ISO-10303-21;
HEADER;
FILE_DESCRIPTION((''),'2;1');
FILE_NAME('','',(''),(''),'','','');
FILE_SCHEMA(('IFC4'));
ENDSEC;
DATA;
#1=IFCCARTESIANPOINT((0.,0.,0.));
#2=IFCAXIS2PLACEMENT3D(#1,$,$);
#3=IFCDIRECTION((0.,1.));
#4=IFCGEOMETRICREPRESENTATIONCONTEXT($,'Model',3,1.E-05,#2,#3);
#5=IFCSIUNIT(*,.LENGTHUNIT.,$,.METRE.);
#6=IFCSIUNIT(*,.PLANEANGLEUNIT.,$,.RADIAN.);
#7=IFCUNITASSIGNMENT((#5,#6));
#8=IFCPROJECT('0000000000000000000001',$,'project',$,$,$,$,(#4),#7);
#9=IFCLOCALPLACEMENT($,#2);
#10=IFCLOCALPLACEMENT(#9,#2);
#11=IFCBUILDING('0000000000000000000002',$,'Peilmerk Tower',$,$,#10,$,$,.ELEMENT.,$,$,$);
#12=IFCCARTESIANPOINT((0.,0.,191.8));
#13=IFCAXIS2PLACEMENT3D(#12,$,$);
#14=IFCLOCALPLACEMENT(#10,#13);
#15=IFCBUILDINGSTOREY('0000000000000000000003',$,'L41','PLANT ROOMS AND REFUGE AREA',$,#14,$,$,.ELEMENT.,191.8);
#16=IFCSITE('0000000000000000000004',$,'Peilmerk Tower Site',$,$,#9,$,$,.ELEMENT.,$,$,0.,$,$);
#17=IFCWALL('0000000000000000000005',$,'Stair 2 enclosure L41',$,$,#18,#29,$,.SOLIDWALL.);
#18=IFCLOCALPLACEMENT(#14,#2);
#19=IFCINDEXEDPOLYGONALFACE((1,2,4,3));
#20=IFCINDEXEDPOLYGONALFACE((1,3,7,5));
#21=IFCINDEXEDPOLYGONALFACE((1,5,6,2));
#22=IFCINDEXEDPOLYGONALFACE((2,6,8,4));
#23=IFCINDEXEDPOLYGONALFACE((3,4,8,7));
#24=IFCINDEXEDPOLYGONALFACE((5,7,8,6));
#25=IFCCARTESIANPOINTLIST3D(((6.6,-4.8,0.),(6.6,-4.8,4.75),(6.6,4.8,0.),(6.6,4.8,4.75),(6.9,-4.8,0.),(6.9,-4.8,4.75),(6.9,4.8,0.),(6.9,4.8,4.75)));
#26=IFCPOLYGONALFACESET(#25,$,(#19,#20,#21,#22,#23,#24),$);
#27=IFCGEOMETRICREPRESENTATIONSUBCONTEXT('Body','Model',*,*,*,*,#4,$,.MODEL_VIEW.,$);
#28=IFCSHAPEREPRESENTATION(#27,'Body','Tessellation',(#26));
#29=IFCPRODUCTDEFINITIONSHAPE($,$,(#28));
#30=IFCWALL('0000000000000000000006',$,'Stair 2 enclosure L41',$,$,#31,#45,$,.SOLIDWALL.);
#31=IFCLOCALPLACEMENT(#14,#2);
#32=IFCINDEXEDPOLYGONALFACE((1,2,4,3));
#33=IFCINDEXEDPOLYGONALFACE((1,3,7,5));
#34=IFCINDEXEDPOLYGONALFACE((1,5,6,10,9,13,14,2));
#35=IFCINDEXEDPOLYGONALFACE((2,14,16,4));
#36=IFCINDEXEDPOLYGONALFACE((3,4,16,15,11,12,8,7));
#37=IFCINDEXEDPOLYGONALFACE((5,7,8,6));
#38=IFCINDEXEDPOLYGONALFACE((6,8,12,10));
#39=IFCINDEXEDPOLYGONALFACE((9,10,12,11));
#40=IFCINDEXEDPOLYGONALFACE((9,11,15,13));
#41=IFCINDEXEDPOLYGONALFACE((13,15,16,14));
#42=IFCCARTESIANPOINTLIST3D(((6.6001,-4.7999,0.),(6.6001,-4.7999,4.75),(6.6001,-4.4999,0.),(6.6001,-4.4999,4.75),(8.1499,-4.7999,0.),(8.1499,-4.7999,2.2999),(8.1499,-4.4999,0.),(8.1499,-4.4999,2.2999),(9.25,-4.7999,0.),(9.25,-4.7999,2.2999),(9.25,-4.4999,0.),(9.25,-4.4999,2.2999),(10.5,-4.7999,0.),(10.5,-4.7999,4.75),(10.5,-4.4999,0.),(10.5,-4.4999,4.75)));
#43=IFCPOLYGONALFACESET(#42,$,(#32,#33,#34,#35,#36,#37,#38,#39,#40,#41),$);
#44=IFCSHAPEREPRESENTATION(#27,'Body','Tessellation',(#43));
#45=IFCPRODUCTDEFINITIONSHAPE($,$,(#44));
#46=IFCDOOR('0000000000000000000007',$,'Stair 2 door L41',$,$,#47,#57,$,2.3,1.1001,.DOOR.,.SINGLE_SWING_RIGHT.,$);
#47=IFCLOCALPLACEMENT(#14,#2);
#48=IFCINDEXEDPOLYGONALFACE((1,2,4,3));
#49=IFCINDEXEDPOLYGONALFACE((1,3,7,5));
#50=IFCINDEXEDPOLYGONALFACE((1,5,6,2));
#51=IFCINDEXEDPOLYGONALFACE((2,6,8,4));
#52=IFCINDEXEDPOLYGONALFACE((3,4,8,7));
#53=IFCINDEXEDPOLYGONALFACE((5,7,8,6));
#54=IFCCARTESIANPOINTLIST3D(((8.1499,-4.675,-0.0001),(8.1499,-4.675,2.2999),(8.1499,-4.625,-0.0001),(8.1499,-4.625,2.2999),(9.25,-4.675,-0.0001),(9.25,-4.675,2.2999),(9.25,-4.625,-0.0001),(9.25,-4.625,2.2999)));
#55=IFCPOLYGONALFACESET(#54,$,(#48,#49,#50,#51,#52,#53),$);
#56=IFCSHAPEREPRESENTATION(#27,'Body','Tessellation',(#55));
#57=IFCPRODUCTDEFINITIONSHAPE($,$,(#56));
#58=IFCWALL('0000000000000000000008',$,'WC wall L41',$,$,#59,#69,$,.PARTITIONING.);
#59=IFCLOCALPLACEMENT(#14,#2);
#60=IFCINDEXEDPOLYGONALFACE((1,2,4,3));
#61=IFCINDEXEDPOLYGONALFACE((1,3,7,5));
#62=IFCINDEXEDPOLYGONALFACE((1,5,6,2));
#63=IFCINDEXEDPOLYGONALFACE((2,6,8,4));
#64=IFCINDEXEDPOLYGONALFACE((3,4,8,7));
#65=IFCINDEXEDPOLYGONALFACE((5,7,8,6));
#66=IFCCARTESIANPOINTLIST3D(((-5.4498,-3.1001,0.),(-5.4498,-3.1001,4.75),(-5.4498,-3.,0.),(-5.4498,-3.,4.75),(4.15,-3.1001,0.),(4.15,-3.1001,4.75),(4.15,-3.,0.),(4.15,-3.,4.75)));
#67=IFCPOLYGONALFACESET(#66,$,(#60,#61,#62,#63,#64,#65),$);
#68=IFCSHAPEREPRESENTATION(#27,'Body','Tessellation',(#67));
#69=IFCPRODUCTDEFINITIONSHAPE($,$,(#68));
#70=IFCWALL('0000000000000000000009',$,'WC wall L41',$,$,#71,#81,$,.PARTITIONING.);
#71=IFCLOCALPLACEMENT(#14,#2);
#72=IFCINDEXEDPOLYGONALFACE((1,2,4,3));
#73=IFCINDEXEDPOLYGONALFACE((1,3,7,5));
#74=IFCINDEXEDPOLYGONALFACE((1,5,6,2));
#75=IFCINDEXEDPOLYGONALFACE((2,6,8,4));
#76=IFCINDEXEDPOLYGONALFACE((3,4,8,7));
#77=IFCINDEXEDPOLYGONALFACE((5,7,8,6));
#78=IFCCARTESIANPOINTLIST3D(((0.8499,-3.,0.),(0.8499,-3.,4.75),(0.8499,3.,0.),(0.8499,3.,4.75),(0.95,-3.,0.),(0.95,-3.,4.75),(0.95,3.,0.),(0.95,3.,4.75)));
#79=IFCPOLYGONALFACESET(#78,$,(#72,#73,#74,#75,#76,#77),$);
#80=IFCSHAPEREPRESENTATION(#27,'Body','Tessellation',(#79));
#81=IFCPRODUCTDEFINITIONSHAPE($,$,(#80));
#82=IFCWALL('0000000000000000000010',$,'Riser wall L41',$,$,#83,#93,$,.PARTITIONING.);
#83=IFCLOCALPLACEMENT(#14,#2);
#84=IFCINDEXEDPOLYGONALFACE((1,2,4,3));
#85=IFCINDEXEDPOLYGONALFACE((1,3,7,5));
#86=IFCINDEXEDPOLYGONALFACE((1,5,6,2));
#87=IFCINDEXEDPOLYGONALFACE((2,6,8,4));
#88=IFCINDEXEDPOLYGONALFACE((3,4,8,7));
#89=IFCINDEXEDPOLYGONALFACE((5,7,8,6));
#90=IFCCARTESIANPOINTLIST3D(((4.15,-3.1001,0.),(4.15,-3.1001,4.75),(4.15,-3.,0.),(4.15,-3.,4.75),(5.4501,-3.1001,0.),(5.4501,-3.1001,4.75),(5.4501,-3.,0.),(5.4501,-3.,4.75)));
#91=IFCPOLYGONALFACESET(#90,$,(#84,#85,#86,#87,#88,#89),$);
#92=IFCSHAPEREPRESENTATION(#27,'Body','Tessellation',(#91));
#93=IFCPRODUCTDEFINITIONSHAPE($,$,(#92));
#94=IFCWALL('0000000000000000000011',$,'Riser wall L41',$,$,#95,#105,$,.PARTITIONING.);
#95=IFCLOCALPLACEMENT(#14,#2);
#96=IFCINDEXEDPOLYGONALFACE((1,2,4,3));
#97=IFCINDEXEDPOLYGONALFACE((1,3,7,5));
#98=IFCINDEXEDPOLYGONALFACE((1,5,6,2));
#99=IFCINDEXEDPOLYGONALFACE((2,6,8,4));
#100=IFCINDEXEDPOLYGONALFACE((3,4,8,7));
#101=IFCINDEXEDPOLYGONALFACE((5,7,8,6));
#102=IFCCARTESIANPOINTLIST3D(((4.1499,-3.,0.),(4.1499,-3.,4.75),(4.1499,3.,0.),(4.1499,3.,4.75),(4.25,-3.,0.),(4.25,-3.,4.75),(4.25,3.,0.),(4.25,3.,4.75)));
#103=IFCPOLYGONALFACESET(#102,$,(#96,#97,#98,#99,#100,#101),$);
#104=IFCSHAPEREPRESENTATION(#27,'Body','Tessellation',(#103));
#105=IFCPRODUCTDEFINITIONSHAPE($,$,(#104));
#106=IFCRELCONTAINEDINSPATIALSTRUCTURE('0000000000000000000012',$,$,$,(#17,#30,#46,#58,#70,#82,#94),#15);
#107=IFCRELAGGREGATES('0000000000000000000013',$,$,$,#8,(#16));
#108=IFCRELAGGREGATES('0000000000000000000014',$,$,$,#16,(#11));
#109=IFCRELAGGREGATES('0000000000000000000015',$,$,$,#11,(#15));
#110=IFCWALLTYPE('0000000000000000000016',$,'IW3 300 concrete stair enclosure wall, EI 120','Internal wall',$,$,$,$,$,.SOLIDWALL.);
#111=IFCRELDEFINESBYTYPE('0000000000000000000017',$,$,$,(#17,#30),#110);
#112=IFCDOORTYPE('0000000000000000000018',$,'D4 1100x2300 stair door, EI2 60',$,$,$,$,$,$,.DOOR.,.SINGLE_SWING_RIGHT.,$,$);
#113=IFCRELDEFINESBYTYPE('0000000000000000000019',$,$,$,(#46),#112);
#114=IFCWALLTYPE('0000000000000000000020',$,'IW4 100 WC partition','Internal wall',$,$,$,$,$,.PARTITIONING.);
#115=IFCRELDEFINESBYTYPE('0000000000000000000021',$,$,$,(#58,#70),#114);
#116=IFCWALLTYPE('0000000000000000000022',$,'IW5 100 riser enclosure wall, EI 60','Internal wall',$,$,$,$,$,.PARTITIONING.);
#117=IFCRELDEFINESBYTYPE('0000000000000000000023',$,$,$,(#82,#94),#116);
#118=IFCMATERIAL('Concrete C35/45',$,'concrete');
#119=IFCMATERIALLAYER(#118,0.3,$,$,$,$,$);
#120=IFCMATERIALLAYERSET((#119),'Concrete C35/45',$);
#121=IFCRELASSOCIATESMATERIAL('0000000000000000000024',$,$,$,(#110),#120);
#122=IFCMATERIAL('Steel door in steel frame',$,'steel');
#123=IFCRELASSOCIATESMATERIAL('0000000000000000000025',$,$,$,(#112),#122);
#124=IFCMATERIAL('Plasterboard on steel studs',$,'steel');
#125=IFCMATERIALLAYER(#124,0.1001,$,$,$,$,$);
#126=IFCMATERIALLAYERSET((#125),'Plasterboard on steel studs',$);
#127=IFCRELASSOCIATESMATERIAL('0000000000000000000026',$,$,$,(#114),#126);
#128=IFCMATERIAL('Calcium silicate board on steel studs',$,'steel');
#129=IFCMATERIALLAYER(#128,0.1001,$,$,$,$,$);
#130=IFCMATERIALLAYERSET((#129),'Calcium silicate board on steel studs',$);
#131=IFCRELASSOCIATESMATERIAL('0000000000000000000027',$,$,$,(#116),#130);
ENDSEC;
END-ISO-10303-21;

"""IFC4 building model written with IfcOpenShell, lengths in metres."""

from ifc_helpers import new_model, si_unit, direction, frame, frame_2d, origin, place, context, subcontext, project, spatial, rectangle, extrude, material, layer, layer_set, type_object, element, fill, save


model = new_model("IFC4")

# Units and contexts
model_context = context("Model", 3, precision=1e-05, world=origin(), true_north=direction((0.0, 1.0)))
body_context = subcontext(model_context, "Body", "Model", "MODEL_VIEW")
ifc_project = project(units=[si_unit("LENGTHUNIT", "METRE"), si_unit("PLANEANGLEUNIT", "RADIAN")], contexts=[model_context])

# Site, building, storey
site_placement = place(None, origin())
site = spatial("IfcSite", under=ifc_project, at=site_placement, Name="Peilmerk Tower Site", CompositionType="ELEMENT", RefElevation=0.0)
building_placement = place(site_placement, origin())
building = spatial("IfcBuilding", under=site, at=building_placement, Name="Peilmerk Tower", CompositionType="ELEMENT")
storey_placement = place(building_placement, frame((0.0, 0.0, 191.8)))
storey = spatial("IfcBuildingStorey", under=building, at=storey_placement, Name="L41", Description="PLANT ROOMS AND REFUGE AREA", CompositionType="ELEMENT", Elevation=191.8)

# Wall
ifc_material_1 = material(Name="Concrete C35/45", Category="concrete")
ifc_layer_1 = layer(ifc_material_1, 0.3)
ifc_layer_set_1 = layer_set([ifc_layer_1], Name="Concrete C35/45")
wall_type_1 = type_object("IfcWallType", Name="IW3 300 concrete stair enclosure wall, EI 120", Description="Internal wall", PredefinedType="SOLIDWALL", material=ifc_layer_set_1)
wall_1_placement = place(storey_placement, frame((6.75, -4.8, 0.0), z_axis=(0.0, 0.0, 1.0), x_axis=(0.0, 1.0, 0.0)))
element("IfcWall", 1, at=wall_1_placement, inside=storey, type_object=wall_type_1, Name="Stair 2 enclosure L41", PredefinedType="SOLIDWALL", context=body_context, shape_type="SweptSolid", body=[
    extrude(rectangle(XDim=9.6001, YDim=0.3, at=frame_2d((4.8, 0.0))), origin(), (0.0, 0.0, 1.0), 4.75),
])

# Wall, opening, door
wall_2_placement = place(storey_placement, frame((10.5, -4.6499, 0.0), z_axis=(0.0, 0.0, 1.0), x_axis=(-1.0, 0.0, 0.0)))
wall_2 = element("IfcWall", 2, at=wall_2_placement, inside=storey, type_object=wall_type_1, Name="Stair 2 enclosure L41", PredefinedType="SOLIDWALL", context=body_context, shape_type="SweptSolid", body=[
    extrude(rectangle(XDim=3.8999, YDim=0.3, at=frame_2d((1.95, 0.0))), origin(), (0.0, 0.0, 1.0), 4.75),
])
opening_1_placement = place(wall_2_placement, frame((1.25, 0.0, 0.0)))
opening_1 = element("IfcOpeningElement", 3, at=opening_1_placement, cuts=wall_2, PredefinedType="OPENING", context=body_context, shape_type="SweptSolid", body=[
    extrude(rectangle(XDim=1.1001, YDim=2.3, at=frame_2d((0.55, 1.1499))), frame((0.0, 0.1599, 0.0), z_axis=(0.0, -1.0, 0.0), x_axis=(1.0, 0.0, 0.0)), (0.0, 0.0, 1.0), 0.3201),
])
ifc_material_2 = material(Name="Steel door in steel frame", Category="steel")
door_type_1 = type_object("IfcDoorType", Name="D4 1100x2300 stair door, EI2 60", OperationType="SINGLE_SWING_RIGHT", PredefinedType="DOOR", material=ifc_material_2)
door_1_placement = place(opening_1_placement, frame((1.1001, 0.0, 0.0), z_axis=(0.0, 0.0, 1.0), x_axis=(-1.0, 0.0, 0.0)))
door_1 = element("IfcDoor", 4, at=door_1_placement, inside=storey, type_object=door_type_1, Name="Stair 2 door L41", OperationType="SINGLE_SWING_RIGHT", OverallHeight=2.3, OverallWidth=1.1001, PredefinedType="DOOR", context=body_context, shape_type="SweptSolid", body=[
    extrude(rectangle(XDim=1.1001, YDim=2.3, at=frame_2d((0.55, 1.1499))), frame((0.0, 0.0249, 0.0), z_axis=(0.0, -1.0, 0.0), x_axis=(1.0, 0.0, 0.0)), (0.0, 0.0, 1.0), 0.05),
])
fill(opening_1, door_1)

# Walls
ifc_material_3 = material(Name="Plasterboard on steel studs", Category="steel")
ifc_layer_2 = layer(ifc_material_3, 0.1001)
ifc_layer_set_2 = layer_set([ifc_layer_2], Name="Plasterboard on steel studs")
wall_type_2 = type_object("IfcWallType", Name="IW4 100 WC partition", Description="Internal wall", PredefinedType="PARTITIONING", material=ifc_layer_set_2)
wall_3_placement = place(storey_placement, frame((4.1499, -3.05, 0.0), z_axis=(0.0, 0.0, 1.0), x_axis=(-1.0, 0.0, 0.0)))
element("IfcWall", 5, at=wall_3_placement, inside=storey, type_object=wall_type_2, Name="WC wall L41", PredefinedType="PARTITIONING", context=body_context, shape_type="SweptSolid", body=[
    extrude(rectangle(XDim=9.5999, YDim=0.1001, at=frame_2d((4.7998, 0.0))), origin(), (0.0, 0.0, 1.0), 4.75),
])
wall_4_placement = place(storey_placement, frame((0.8999, -3.0, 0.0), z_axis=(0.0, 0.0, 1.0), x_axis=(0.0, 1.0, 0.0)))
element("IfcWall", 6, at=wall_4_placement, inside=storey, type_object=wall_type_2, Name="WC wall L41", PredefinedType="PARTITIONING", context=body_context, shape_type="SweptSolid", body=[
    extrude(rectangle(XDim=6.0, YDim=0.1001, at=frame_2d((3.0, 0.0))), origin(), (0.0, 0.0, 1.0), 4.75),
])
ifc_material_4 = material(Name="Calcium silicate board on steel studs", Category="steel")
ifc_layer_3 = layer(ifc_material_4, 0.1001)
ifc_layer_set_3 = layer_set([ifc_layer_3], Name="Calcium silicate board on steel studs")
wall_type_3 = type_object("IfcWallType", Name="IW5 100 riser enclosure wall, EI 60", Description="Internal wall", PredefinedType="PARTITIONING", material=ifc_layer_set_3)
wall_5_placement = place(storey_placement, frame((5.45, -3.05, 0.0), z_axis=(0.0, 0.0, 1.0), x_axis=(-1.0, 0.0, 0.0)))
element("IfcWall", 7, at=wall_5_placement, inside=storey, type_object=wall_type_3, Name="Riser wall L41", PredefinedType="PARTITIONING", context=body_context, shape_type="SweptSolid", body=[
    extrude(rectangle(XDim=1.3, YDim=0.1001, at=frame_2d((0.6499, 0.0))), origin(), (0.0, 0.0, 1.0), 4.75),
])
wall_6_placement = place(storey_placement, frame((4.2, -3.0, 0.0), z_axis=(0.0, 0.0, 1.0), x_axis=(0.0, 1.0, 0.0)))
element("IfcWall", 8, at=wall_6_placement, inside=storey, type_object=wall_type_3, Name="Riser wall L41", PredefinedType="PARTITIONING", context=body_context, shape_type="SweptSolid", body=[
    extrude(rectangle(XDim=6.0, YDim=0.1001, at=frame_2d((3.0, 0.0))), origin(), (0.0, 0.0, 1.0), 4.75),
])

save(model, "model.ifc")
